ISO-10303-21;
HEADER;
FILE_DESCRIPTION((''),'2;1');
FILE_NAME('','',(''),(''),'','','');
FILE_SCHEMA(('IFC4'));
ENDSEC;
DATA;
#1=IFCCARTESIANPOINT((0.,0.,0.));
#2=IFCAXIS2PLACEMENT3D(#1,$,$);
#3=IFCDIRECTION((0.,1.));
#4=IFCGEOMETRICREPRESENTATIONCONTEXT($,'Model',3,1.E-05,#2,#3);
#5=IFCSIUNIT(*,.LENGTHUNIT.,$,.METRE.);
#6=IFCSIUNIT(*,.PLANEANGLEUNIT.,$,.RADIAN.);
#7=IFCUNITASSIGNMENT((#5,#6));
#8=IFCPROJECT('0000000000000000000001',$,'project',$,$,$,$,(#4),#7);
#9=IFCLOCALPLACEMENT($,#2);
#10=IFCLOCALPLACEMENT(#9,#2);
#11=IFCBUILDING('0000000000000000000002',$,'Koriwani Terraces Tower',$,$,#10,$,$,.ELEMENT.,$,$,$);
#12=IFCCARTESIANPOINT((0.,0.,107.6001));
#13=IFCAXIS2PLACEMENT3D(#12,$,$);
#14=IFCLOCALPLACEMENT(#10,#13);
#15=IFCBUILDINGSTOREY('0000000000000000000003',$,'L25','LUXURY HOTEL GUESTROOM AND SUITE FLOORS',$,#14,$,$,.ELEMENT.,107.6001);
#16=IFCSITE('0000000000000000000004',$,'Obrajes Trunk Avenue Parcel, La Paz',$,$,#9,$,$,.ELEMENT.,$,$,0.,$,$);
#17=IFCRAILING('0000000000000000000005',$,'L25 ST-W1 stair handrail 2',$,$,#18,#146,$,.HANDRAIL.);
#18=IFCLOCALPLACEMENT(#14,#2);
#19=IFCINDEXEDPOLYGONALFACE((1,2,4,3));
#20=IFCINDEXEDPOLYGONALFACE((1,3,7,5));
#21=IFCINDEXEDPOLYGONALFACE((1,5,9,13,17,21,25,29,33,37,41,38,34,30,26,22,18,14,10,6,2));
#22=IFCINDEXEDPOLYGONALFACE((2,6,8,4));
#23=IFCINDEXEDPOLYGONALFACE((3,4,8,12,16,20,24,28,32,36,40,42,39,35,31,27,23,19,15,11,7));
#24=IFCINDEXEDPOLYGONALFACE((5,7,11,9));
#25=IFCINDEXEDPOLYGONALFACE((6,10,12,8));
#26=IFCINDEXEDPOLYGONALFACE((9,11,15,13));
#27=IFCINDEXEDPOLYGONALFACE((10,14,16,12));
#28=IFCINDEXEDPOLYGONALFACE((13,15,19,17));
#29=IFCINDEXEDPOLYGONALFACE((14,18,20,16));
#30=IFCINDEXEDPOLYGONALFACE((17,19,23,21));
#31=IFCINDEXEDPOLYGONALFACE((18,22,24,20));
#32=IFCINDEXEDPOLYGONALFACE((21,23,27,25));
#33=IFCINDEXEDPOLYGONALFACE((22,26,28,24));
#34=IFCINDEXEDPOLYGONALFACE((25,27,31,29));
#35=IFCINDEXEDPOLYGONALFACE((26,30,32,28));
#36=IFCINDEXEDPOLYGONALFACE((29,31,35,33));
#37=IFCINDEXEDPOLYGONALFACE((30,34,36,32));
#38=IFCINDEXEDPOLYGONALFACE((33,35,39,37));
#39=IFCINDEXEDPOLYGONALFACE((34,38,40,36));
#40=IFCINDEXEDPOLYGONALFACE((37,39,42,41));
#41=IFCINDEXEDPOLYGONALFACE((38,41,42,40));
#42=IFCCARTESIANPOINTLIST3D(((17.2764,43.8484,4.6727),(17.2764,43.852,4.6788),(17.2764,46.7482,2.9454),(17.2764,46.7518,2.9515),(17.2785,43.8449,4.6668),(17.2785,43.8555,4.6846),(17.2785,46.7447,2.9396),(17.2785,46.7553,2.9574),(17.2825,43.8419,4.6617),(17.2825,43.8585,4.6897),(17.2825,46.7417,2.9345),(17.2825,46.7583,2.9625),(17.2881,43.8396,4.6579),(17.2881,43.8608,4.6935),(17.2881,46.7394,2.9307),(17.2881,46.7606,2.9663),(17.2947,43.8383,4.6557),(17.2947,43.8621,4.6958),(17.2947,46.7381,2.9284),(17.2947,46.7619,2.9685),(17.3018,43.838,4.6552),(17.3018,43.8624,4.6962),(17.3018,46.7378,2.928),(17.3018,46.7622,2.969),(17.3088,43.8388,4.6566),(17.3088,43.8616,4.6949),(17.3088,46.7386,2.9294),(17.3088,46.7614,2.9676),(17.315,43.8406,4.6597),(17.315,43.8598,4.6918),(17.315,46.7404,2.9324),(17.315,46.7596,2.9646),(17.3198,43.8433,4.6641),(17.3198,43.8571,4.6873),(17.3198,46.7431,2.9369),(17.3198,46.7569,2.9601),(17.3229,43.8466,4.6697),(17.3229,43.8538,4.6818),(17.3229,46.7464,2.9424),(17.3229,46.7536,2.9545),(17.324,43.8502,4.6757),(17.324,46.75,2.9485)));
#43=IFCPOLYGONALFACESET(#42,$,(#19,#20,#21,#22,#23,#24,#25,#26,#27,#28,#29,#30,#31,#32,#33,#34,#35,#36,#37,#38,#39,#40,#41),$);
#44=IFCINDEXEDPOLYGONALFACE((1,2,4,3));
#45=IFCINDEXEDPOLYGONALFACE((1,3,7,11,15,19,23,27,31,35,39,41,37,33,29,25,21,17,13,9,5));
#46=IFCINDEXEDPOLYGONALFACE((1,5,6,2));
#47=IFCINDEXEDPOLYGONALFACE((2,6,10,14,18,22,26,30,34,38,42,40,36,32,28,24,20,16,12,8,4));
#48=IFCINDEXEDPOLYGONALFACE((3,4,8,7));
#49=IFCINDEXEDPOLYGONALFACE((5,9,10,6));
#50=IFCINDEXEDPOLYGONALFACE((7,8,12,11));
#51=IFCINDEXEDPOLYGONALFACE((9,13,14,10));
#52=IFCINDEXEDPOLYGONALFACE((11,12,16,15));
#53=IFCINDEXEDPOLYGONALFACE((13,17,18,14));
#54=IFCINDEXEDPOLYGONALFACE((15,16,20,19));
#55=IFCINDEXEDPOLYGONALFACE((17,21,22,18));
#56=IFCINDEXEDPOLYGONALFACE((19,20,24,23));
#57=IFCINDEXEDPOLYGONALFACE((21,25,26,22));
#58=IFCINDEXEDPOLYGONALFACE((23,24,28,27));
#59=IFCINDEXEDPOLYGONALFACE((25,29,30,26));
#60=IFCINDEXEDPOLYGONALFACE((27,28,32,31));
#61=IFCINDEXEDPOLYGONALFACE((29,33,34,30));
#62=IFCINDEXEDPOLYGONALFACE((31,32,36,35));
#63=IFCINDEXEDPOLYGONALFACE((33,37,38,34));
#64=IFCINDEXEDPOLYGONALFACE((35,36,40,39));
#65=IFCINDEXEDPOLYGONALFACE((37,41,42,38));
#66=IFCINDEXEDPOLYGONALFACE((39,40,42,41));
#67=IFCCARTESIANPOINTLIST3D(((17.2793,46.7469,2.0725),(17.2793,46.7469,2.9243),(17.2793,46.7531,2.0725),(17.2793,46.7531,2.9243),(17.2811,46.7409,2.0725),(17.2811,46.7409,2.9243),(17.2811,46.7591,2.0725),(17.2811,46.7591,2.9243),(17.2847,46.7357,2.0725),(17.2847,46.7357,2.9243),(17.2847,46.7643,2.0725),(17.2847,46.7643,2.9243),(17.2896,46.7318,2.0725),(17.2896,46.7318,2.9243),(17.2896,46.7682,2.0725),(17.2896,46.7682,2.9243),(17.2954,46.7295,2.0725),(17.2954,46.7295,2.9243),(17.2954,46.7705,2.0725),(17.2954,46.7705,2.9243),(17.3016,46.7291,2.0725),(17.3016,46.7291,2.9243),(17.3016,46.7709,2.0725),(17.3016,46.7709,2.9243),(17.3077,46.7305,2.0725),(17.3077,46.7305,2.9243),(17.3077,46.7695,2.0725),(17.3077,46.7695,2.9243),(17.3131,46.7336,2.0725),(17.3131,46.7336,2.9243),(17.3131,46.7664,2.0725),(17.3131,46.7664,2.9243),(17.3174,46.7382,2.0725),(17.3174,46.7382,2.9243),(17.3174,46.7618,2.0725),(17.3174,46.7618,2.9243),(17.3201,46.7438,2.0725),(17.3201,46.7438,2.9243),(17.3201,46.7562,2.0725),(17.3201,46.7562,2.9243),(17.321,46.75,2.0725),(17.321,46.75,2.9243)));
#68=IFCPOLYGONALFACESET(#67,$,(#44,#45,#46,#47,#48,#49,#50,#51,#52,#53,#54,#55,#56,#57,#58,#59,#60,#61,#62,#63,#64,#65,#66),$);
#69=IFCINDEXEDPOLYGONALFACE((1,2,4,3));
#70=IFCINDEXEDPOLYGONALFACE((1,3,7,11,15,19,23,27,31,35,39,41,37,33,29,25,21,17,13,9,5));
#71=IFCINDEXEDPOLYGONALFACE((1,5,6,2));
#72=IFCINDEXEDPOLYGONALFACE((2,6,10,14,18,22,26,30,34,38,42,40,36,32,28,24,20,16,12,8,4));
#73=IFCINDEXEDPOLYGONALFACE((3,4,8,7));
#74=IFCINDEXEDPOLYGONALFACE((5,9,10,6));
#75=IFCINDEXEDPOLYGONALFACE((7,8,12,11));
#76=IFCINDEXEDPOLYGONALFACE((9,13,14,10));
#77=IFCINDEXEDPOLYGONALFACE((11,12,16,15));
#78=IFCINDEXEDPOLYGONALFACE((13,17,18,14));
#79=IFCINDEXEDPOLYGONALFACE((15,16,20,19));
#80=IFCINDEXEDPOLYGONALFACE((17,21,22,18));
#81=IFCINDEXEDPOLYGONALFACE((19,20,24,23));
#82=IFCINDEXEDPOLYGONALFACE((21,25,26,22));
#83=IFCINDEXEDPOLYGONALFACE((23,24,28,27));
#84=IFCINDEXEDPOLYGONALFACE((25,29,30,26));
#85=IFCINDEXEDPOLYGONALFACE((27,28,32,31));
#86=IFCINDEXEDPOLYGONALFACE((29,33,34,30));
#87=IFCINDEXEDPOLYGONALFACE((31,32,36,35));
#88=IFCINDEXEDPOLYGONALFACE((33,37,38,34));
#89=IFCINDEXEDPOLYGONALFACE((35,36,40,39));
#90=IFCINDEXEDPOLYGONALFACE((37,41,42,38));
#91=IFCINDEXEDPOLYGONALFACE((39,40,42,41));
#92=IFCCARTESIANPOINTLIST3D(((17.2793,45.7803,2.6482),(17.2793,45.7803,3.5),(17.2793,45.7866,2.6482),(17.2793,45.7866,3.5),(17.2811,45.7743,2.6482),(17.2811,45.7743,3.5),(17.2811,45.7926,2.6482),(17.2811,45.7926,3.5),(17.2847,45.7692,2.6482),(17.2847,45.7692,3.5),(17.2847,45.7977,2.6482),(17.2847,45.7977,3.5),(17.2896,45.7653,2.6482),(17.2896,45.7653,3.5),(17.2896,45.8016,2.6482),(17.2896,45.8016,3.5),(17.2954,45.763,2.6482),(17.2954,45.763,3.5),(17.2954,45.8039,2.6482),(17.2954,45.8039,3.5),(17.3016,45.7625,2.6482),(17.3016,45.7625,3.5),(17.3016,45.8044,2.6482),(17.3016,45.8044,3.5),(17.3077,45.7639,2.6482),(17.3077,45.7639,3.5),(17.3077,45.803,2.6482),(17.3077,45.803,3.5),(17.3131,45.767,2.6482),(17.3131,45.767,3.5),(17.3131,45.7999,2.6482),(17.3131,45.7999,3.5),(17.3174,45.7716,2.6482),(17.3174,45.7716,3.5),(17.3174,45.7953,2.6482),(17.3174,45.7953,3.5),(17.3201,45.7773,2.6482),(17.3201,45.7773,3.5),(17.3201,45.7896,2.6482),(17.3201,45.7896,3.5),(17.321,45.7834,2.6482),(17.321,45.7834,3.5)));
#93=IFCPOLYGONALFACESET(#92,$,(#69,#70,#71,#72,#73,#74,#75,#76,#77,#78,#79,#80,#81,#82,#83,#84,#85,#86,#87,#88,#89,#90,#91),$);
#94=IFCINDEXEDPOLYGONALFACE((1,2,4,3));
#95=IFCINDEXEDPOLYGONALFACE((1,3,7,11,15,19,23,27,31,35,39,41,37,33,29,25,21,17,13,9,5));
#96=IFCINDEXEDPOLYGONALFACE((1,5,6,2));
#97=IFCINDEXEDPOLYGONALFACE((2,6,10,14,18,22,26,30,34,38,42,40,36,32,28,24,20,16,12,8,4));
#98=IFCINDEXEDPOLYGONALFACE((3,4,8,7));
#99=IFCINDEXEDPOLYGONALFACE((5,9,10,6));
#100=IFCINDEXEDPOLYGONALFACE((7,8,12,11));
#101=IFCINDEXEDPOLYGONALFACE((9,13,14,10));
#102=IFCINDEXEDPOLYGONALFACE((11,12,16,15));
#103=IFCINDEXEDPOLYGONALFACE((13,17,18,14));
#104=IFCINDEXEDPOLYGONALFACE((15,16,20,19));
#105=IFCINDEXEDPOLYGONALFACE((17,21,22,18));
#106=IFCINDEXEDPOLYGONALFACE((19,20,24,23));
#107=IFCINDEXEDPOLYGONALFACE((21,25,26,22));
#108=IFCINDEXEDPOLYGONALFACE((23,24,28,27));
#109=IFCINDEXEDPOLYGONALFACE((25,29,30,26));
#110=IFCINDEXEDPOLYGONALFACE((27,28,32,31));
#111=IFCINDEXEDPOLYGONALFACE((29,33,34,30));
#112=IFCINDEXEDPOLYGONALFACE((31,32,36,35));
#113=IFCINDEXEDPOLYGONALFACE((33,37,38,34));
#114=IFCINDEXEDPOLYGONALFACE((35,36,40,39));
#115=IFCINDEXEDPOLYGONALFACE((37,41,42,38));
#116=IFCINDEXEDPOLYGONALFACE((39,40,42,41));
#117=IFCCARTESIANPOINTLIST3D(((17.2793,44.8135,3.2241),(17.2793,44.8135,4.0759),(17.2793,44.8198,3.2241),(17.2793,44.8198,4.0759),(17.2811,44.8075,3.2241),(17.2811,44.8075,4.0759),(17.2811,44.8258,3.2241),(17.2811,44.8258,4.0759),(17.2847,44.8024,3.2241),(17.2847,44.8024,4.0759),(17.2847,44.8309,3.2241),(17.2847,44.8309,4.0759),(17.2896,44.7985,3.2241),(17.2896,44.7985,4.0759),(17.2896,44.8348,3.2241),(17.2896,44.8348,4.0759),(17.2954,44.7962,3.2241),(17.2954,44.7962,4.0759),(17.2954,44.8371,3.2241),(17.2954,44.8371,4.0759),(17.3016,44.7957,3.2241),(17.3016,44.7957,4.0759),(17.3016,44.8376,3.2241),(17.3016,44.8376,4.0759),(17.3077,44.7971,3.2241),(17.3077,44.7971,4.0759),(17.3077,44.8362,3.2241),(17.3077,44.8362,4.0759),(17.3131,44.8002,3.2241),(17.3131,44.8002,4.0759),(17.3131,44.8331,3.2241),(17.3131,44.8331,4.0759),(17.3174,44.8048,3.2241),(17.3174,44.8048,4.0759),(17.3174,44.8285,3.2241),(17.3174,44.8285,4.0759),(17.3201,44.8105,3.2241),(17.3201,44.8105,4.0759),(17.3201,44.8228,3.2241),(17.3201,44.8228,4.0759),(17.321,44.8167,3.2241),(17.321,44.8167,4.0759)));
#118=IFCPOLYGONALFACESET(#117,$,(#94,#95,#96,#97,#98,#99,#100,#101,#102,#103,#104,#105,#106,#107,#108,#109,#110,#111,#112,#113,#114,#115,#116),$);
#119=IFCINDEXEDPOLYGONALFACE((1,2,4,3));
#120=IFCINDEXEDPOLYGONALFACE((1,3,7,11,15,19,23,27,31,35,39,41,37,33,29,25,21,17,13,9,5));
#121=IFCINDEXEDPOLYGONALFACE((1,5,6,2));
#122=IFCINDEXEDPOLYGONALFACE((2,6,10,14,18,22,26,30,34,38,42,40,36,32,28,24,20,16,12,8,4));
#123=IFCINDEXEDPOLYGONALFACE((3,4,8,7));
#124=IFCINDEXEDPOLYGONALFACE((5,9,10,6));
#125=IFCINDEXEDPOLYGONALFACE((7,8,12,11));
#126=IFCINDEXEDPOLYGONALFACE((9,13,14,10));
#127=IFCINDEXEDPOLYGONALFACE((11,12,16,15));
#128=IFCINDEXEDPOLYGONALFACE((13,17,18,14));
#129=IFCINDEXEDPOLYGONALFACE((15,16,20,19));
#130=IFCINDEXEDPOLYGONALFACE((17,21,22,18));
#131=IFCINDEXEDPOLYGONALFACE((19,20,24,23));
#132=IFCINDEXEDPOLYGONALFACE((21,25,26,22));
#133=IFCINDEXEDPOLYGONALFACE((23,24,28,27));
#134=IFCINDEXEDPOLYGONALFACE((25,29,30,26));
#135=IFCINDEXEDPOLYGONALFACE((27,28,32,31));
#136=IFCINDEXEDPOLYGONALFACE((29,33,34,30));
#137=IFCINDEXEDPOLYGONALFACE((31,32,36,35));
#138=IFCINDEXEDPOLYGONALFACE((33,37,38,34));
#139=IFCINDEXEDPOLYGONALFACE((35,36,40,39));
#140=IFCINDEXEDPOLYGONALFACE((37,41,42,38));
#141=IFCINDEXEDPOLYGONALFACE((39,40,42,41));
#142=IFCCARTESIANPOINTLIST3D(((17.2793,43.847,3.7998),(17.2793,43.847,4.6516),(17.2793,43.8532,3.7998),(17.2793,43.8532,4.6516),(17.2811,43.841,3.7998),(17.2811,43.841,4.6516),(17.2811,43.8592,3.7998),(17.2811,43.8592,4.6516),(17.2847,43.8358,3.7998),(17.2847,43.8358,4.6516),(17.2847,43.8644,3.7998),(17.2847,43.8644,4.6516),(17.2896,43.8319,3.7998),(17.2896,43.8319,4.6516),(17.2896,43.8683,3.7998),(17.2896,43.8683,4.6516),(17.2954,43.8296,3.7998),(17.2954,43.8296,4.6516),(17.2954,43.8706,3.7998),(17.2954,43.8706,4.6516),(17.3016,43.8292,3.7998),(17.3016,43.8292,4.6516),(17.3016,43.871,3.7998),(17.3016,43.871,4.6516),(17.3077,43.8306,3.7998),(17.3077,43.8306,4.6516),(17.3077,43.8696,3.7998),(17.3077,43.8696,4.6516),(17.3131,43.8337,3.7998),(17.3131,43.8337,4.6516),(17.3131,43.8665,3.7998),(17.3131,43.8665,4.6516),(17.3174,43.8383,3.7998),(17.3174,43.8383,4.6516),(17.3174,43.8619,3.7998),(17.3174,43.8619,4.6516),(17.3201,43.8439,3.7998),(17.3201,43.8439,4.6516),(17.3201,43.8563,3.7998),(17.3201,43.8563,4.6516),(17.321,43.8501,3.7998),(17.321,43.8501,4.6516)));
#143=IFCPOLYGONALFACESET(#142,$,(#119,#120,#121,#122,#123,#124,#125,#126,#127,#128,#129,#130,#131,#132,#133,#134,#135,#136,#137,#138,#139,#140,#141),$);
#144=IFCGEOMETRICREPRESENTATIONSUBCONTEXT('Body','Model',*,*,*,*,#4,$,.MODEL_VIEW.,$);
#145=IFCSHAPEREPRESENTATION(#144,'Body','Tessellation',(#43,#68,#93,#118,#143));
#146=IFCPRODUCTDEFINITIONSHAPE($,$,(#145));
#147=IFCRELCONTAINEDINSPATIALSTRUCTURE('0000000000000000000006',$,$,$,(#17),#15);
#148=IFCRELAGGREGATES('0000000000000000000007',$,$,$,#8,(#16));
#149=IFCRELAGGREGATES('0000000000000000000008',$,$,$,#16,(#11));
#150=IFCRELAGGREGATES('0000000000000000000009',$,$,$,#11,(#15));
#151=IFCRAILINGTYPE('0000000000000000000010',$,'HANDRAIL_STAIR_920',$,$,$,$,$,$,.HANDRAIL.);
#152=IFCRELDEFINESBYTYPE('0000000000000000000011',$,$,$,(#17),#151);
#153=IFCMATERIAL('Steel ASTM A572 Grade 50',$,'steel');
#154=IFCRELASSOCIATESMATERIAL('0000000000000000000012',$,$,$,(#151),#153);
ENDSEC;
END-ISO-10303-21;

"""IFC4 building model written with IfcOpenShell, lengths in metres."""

from ifc_helpers import new_model, si_unit, direction, frame, origin, origin_2d, place, context, subcontext, project, spatial, circle, extrude, material, type_object, element, save


model = new_model("IFC4")

# Units and contexts
model_context = context("Model", 3, precision=1e-05, world=origin(), true_north=direction((0.0, 1.0)))
body_context = subcontext(model_context, "Body", "Model", "MODEL_VIEW")
ifc_project = project(units=[si_unit("LENGTHUNIT", "METRE"), si_unit("PLANEANGLEUNIT", "RADIAN")], contexts=[model_context])

# Site, building, storey
site_placement = place(None, origin())
site = spatial("IfcSite", under=ifc_project, at=site_placement, Name="Obrajes Trunk Avenue Parcel, La Paz", CompositionType="ELEMENT", RefElevation=0.0)
building_placement = place(site_placement, origin())
building = spatial("IfcBuilding", under=site, at=building_placement, Name="Koriwani Terraces Tower", CompositionType="ELEMENT")
storey_placement = place(building_placement, frame((0.0, 0.0, 107.6001)))
storey = spatial("IfcBuildingStorey", under=building, at=storey_placement, Name="L25", Description="LUXURY HOTEL GUESTROOM AND SUITE FLOORS", CompositionType="ELEMENT", Elevation=107.6001)

# Shared definitions
ifc_material_1 = material(Name="Steel ASTM A572 Grade 50", Category="steel")

# Railing
railing_type_1 = type_object("IfcRailingType", Name="HANDRAIL_STAIR_920", PredefinedType="HANDRAIL", material=ifc_material_1)
for number, where, name in (
    (1, (17.3, 46.75, 2.0725), "L25 ST-W1 stair handrail 2"),
):
    element("IfcRailing", number, at=place(storey_placement, frame(where)), inside=storey, type_object=railing_type_1, Name=name, PredefinedType="HANDRAIL", context=body_context, shape_type="SweptSolid", body=[
        extrude(circle(Radius=0.0239, at=origin_2d()), frame((0.0, 0.0, 0.876), z_axis=(0.0, -0.859141, 0.511738), x_axis=(1.0, 0.0, 0.0)), (0.0, 0.0, 1.0), 3.3752),
        extrude(circle(Radius=0.021, at=origin_2d()), origin(), (0.0, 0.0, 1.0), 0.8518),
        extrude(circle(Radius=0.021, at=origin_2d()), frame((0.0, -0.9666, 0.5757)), (0.0, 0.0, 1.0), 0.8518),
        extrude(circle(Radius=0.021, at=origin_2d()), frame((0.0, -1.9333, 1.1516)), (0.0, 0.0, 1.0), 0.8518),
        extrude(circle(Radius=0.021, at=origin_2d()), frame((0.0, -2.8999, 1.7273)), (0.0, 0.0, 1.0), 0.8518),
    ])

save(model, "model.ifc")
